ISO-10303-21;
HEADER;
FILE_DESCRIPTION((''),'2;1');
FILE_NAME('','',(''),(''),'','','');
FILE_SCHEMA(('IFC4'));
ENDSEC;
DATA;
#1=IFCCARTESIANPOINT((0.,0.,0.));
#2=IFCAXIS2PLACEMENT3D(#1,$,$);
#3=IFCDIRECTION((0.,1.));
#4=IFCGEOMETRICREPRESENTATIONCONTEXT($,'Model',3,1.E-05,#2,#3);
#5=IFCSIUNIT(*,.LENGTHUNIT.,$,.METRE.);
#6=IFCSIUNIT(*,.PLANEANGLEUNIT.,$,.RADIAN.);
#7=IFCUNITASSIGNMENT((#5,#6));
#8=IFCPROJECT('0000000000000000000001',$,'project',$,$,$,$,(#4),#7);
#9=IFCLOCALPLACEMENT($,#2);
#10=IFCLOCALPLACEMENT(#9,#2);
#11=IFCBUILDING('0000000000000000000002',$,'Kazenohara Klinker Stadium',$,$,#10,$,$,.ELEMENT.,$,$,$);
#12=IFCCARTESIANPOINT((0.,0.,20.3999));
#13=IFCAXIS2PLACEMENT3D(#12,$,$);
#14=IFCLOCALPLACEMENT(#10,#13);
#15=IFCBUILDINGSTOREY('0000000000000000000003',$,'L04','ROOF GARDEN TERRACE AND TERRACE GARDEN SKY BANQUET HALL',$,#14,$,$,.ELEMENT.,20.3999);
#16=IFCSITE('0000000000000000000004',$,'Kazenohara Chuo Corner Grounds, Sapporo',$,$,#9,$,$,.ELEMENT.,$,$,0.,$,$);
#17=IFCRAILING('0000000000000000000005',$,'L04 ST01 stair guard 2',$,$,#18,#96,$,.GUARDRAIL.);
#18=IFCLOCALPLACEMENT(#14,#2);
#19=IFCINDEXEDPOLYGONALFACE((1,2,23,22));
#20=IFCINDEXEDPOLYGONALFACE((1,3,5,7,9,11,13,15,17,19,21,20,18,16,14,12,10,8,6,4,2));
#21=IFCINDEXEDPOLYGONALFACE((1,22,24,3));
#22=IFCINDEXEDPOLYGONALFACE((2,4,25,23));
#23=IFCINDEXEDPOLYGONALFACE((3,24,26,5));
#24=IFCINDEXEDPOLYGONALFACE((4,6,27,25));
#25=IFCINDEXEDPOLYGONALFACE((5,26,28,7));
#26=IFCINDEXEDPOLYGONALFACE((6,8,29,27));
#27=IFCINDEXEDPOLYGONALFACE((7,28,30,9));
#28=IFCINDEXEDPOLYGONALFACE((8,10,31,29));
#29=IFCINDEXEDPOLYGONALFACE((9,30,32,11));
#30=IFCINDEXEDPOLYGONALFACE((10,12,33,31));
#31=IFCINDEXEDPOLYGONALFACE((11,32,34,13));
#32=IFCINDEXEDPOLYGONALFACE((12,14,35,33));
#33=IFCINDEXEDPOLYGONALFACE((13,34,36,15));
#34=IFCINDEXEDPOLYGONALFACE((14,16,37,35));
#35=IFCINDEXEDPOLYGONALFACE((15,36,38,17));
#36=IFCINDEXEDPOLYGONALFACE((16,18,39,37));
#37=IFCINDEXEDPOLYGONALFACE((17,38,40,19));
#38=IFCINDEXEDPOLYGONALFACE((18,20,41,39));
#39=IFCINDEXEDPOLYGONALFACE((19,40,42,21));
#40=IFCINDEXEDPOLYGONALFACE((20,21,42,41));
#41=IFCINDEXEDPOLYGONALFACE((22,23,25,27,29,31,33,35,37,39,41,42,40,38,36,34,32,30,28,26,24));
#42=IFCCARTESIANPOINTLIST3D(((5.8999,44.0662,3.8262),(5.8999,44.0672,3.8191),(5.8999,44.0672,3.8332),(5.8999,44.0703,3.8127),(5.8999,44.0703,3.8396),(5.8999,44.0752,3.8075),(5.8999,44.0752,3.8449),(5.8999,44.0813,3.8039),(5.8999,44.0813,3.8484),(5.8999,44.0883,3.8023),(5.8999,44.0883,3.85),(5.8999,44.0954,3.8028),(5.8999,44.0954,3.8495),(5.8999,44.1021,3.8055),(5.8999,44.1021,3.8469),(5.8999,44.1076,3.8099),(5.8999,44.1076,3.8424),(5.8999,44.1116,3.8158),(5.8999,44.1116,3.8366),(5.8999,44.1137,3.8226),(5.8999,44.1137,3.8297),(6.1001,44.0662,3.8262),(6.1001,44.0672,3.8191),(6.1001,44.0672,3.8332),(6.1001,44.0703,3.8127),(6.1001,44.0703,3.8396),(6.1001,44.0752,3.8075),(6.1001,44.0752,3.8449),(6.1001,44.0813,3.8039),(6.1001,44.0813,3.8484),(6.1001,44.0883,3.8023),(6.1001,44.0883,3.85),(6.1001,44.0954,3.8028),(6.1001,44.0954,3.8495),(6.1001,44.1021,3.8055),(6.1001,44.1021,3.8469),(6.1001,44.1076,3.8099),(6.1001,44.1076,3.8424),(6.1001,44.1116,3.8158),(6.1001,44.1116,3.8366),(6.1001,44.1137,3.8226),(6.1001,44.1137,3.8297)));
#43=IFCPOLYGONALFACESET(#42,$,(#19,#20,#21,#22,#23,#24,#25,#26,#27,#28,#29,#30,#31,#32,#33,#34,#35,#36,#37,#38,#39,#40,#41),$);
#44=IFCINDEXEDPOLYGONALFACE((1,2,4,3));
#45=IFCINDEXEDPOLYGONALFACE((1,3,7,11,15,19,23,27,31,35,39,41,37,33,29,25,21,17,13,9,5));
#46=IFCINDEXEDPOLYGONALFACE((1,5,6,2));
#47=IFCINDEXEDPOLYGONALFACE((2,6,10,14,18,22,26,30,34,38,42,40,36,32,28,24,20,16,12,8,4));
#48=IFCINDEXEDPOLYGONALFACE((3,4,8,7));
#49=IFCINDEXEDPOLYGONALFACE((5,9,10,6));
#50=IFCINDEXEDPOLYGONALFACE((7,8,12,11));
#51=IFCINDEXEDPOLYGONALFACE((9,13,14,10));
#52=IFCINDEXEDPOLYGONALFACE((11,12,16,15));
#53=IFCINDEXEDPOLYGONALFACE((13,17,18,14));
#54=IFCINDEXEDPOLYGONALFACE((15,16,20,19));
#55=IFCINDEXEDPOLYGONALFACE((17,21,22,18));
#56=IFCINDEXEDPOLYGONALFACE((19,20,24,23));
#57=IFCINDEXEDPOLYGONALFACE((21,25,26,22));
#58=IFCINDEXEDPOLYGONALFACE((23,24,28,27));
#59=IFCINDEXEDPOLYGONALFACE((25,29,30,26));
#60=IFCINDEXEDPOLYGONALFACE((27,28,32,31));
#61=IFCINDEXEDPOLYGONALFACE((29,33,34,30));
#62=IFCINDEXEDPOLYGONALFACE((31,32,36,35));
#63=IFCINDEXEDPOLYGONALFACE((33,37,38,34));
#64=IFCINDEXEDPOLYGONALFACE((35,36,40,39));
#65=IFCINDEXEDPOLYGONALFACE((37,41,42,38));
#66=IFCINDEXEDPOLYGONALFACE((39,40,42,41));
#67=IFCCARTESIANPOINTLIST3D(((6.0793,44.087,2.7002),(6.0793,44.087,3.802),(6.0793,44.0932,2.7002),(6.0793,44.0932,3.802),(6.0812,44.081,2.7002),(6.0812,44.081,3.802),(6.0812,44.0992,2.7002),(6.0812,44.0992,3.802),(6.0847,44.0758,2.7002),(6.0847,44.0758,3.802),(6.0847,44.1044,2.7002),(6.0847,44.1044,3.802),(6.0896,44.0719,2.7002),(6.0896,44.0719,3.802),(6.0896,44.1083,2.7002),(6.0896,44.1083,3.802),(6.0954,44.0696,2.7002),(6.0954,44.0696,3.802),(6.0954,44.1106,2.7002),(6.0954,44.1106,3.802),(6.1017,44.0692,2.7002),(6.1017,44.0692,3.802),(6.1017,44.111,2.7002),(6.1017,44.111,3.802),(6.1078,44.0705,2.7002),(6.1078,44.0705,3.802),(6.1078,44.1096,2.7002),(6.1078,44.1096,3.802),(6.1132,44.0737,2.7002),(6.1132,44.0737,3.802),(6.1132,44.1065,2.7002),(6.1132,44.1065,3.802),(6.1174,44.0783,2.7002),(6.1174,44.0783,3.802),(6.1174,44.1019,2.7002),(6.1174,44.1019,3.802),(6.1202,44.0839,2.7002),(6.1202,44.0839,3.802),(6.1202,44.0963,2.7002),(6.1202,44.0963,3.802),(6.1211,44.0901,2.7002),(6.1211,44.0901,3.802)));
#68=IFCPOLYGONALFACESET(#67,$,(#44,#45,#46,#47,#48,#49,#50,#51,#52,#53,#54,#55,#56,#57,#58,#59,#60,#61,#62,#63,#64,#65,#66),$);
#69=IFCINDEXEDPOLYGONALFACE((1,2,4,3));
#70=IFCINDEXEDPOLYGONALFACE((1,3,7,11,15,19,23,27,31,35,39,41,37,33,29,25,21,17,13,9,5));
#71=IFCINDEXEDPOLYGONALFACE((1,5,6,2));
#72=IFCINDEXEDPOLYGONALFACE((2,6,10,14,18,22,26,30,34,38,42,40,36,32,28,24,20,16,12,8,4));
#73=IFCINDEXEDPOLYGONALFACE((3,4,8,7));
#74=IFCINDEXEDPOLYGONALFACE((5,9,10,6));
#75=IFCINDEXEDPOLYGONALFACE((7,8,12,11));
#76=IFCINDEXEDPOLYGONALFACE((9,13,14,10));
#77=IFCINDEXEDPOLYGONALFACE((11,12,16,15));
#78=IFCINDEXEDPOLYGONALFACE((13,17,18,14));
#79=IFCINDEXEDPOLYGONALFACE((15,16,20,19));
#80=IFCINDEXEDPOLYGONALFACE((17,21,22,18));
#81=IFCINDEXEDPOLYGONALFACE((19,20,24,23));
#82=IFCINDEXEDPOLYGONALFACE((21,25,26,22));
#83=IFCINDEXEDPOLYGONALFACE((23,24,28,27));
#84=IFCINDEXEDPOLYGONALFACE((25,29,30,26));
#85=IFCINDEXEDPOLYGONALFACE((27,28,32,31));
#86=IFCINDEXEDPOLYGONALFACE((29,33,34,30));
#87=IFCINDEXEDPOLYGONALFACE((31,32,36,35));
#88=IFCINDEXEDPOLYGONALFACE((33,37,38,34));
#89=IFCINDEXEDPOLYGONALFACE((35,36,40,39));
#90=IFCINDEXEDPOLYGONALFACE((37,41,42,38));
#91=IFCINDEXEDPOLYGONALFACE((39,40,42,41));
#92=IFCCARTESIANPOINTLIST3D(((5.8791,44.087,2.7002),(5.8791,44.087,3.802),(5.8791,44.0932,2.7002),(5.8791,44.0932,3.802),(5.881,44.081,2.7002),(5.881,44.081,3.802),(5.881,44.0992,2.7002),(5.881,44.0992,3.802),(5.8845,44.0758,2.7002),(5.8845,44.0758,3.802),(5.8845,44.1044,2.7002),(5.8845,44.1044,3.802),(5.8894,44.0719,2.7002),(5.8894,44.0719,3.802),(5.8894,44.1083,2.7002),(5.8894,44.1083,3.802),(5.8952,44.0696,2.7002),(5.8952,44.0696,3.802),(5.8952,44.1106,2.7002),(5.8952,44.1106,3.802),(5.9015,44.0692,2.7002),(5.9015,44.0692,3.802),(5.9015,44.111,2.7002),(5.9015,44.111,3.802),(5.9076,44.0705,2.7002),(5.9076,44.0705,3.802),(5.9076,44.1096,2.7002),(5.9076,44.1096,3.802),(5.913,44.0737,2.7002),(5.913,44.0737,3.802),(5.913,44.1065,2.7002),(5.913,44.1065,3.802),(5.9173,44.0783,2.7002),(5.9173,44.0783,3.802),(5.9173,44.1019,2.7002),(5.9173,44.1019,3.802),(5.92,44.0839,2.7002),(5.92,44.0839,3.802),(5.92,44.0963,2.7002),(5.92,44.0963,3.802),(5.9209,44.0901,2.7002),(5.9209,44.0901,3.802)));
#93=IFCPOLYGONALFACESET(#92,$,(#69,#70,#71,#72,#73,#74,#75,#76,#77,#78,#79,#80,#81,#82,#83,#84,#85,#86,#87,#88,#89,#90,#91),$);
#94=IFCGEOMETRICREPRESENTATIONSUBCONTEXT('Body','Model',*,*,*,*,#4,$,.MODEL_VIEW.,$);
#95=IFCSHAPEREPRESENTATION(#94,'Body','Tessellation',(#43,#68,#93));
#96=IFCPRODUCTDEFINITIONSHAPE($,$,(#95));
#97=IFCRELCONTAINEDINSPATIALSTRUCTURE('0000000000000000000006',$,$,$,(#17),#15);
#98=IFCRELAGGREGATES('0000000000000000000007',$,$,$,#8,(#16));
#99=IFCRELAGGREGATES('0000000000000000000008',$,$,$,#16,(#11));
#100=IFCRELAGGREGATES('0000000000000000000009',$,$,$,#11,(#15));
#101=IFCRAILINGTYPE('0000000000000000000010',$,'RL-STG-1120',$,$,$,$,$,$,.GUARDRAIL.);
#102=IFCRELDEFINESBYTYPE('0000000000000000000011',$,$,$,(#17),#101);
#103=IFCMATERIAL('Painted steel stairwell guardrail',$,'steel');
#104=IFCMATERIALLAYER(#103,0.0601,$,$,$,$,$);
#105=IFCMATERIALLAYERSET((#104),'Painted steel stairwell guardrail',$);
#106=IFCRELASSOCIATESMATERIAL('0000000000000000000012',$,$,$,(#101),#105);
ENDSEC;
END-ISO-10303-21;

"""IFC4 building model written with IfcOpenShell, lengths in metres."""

from ifc_helpers import new_model, si_unit, direction, frame, origin, origin_2d, place, context, subcontext, project, spatial, circle, extrude, material, layer, layer_set, type_object, element, save


model = new_model("IFC4")

# Units and contexts
model_context = context("Model", 3, precision=1e-05, world=origin(), true_north=direction((0.0, 1.0)))
body_context = subcontext(model_context, "Body", "Model", "MODEL_VIEW")
ifc_project = project(units=[si_unit("LENGTHUNIT", "METRE"), si_unit("PLANEANGLEUNIT", "RADIAN")], contexts=[model_context])

# Site, building, storey
site_placement = place(None, origin())
site = spatial("IfcSite", under=ifc_project, at=site_placement, Name="Kazenohara Chuo Corner Grounds, Sapporo", CompositionType="ELEMENT", RefElevation=0.0)
building_placement = place(site_placement, origin())
building = spatial("IfcBuilding", under=site, at=building_placement, Name="Kazenohara Klinker Stadium", CompositionType="ELEMENT")
storey_placement = place(building_placement, frame((0.0, 0.0, 20.3999)))
storey = spatial("IfcBuildingStorey", under=building, at=storey_placement, Name="L04", Description="ROOF GARDEN TERRACE AND TERRACE GARDEN SKY BANQUET HALL", CompositionType="ELEMENT", Elevation=20.3999)

# Railing
ifc_material_1 = material(Name="Painted steel stairwell guardrail", Category="steel")
ifc_layer_1 = layer(ifc_material_1, 0.0601)
ifc_layer_set_1 = layer_set([ifc_layer_1], Name="Painted steel stairwell guardrail")
railing_type_1 = type_object("IfcRailingType", Name="RL-STG-1120", PredefinedType="GUARDRAIL", material=ifc_layer_set_1)
railing_1_placement = place(storey_placement, frame((6.1001, 44.0901, 2.7002)))
element("IfcRailing", 1, at=railing_1_placement, inside=storey, type_object=railing_type_1, Name="L04 ST01 stair guard 2", PredefinedType="GUARDRAIL", context=body_context, shape_type="SweptSolid", body=[
    extrude(circle(Radius=0.0239, at=origin_2d()), frame((0.0, 0.0, 1.126), z_axis=(-1.0, 0.0, 0.0), x_axis=(0.0, -1.0, 0.0)), (0.0, 0.0, 1.0), 0.2002),
    extrude(circle(Radius=0.021, at=origin_2d()), origin(), (0.0, 0.0, 1.0), 1.1018),
    extrude(circle(Radius=0.021, at=origin_2d()), frame((-0.2002, 0.0, 0.0)), (0.0, 0.0, 1.0), 1.1018),
])

save(model, "model.ifc")
